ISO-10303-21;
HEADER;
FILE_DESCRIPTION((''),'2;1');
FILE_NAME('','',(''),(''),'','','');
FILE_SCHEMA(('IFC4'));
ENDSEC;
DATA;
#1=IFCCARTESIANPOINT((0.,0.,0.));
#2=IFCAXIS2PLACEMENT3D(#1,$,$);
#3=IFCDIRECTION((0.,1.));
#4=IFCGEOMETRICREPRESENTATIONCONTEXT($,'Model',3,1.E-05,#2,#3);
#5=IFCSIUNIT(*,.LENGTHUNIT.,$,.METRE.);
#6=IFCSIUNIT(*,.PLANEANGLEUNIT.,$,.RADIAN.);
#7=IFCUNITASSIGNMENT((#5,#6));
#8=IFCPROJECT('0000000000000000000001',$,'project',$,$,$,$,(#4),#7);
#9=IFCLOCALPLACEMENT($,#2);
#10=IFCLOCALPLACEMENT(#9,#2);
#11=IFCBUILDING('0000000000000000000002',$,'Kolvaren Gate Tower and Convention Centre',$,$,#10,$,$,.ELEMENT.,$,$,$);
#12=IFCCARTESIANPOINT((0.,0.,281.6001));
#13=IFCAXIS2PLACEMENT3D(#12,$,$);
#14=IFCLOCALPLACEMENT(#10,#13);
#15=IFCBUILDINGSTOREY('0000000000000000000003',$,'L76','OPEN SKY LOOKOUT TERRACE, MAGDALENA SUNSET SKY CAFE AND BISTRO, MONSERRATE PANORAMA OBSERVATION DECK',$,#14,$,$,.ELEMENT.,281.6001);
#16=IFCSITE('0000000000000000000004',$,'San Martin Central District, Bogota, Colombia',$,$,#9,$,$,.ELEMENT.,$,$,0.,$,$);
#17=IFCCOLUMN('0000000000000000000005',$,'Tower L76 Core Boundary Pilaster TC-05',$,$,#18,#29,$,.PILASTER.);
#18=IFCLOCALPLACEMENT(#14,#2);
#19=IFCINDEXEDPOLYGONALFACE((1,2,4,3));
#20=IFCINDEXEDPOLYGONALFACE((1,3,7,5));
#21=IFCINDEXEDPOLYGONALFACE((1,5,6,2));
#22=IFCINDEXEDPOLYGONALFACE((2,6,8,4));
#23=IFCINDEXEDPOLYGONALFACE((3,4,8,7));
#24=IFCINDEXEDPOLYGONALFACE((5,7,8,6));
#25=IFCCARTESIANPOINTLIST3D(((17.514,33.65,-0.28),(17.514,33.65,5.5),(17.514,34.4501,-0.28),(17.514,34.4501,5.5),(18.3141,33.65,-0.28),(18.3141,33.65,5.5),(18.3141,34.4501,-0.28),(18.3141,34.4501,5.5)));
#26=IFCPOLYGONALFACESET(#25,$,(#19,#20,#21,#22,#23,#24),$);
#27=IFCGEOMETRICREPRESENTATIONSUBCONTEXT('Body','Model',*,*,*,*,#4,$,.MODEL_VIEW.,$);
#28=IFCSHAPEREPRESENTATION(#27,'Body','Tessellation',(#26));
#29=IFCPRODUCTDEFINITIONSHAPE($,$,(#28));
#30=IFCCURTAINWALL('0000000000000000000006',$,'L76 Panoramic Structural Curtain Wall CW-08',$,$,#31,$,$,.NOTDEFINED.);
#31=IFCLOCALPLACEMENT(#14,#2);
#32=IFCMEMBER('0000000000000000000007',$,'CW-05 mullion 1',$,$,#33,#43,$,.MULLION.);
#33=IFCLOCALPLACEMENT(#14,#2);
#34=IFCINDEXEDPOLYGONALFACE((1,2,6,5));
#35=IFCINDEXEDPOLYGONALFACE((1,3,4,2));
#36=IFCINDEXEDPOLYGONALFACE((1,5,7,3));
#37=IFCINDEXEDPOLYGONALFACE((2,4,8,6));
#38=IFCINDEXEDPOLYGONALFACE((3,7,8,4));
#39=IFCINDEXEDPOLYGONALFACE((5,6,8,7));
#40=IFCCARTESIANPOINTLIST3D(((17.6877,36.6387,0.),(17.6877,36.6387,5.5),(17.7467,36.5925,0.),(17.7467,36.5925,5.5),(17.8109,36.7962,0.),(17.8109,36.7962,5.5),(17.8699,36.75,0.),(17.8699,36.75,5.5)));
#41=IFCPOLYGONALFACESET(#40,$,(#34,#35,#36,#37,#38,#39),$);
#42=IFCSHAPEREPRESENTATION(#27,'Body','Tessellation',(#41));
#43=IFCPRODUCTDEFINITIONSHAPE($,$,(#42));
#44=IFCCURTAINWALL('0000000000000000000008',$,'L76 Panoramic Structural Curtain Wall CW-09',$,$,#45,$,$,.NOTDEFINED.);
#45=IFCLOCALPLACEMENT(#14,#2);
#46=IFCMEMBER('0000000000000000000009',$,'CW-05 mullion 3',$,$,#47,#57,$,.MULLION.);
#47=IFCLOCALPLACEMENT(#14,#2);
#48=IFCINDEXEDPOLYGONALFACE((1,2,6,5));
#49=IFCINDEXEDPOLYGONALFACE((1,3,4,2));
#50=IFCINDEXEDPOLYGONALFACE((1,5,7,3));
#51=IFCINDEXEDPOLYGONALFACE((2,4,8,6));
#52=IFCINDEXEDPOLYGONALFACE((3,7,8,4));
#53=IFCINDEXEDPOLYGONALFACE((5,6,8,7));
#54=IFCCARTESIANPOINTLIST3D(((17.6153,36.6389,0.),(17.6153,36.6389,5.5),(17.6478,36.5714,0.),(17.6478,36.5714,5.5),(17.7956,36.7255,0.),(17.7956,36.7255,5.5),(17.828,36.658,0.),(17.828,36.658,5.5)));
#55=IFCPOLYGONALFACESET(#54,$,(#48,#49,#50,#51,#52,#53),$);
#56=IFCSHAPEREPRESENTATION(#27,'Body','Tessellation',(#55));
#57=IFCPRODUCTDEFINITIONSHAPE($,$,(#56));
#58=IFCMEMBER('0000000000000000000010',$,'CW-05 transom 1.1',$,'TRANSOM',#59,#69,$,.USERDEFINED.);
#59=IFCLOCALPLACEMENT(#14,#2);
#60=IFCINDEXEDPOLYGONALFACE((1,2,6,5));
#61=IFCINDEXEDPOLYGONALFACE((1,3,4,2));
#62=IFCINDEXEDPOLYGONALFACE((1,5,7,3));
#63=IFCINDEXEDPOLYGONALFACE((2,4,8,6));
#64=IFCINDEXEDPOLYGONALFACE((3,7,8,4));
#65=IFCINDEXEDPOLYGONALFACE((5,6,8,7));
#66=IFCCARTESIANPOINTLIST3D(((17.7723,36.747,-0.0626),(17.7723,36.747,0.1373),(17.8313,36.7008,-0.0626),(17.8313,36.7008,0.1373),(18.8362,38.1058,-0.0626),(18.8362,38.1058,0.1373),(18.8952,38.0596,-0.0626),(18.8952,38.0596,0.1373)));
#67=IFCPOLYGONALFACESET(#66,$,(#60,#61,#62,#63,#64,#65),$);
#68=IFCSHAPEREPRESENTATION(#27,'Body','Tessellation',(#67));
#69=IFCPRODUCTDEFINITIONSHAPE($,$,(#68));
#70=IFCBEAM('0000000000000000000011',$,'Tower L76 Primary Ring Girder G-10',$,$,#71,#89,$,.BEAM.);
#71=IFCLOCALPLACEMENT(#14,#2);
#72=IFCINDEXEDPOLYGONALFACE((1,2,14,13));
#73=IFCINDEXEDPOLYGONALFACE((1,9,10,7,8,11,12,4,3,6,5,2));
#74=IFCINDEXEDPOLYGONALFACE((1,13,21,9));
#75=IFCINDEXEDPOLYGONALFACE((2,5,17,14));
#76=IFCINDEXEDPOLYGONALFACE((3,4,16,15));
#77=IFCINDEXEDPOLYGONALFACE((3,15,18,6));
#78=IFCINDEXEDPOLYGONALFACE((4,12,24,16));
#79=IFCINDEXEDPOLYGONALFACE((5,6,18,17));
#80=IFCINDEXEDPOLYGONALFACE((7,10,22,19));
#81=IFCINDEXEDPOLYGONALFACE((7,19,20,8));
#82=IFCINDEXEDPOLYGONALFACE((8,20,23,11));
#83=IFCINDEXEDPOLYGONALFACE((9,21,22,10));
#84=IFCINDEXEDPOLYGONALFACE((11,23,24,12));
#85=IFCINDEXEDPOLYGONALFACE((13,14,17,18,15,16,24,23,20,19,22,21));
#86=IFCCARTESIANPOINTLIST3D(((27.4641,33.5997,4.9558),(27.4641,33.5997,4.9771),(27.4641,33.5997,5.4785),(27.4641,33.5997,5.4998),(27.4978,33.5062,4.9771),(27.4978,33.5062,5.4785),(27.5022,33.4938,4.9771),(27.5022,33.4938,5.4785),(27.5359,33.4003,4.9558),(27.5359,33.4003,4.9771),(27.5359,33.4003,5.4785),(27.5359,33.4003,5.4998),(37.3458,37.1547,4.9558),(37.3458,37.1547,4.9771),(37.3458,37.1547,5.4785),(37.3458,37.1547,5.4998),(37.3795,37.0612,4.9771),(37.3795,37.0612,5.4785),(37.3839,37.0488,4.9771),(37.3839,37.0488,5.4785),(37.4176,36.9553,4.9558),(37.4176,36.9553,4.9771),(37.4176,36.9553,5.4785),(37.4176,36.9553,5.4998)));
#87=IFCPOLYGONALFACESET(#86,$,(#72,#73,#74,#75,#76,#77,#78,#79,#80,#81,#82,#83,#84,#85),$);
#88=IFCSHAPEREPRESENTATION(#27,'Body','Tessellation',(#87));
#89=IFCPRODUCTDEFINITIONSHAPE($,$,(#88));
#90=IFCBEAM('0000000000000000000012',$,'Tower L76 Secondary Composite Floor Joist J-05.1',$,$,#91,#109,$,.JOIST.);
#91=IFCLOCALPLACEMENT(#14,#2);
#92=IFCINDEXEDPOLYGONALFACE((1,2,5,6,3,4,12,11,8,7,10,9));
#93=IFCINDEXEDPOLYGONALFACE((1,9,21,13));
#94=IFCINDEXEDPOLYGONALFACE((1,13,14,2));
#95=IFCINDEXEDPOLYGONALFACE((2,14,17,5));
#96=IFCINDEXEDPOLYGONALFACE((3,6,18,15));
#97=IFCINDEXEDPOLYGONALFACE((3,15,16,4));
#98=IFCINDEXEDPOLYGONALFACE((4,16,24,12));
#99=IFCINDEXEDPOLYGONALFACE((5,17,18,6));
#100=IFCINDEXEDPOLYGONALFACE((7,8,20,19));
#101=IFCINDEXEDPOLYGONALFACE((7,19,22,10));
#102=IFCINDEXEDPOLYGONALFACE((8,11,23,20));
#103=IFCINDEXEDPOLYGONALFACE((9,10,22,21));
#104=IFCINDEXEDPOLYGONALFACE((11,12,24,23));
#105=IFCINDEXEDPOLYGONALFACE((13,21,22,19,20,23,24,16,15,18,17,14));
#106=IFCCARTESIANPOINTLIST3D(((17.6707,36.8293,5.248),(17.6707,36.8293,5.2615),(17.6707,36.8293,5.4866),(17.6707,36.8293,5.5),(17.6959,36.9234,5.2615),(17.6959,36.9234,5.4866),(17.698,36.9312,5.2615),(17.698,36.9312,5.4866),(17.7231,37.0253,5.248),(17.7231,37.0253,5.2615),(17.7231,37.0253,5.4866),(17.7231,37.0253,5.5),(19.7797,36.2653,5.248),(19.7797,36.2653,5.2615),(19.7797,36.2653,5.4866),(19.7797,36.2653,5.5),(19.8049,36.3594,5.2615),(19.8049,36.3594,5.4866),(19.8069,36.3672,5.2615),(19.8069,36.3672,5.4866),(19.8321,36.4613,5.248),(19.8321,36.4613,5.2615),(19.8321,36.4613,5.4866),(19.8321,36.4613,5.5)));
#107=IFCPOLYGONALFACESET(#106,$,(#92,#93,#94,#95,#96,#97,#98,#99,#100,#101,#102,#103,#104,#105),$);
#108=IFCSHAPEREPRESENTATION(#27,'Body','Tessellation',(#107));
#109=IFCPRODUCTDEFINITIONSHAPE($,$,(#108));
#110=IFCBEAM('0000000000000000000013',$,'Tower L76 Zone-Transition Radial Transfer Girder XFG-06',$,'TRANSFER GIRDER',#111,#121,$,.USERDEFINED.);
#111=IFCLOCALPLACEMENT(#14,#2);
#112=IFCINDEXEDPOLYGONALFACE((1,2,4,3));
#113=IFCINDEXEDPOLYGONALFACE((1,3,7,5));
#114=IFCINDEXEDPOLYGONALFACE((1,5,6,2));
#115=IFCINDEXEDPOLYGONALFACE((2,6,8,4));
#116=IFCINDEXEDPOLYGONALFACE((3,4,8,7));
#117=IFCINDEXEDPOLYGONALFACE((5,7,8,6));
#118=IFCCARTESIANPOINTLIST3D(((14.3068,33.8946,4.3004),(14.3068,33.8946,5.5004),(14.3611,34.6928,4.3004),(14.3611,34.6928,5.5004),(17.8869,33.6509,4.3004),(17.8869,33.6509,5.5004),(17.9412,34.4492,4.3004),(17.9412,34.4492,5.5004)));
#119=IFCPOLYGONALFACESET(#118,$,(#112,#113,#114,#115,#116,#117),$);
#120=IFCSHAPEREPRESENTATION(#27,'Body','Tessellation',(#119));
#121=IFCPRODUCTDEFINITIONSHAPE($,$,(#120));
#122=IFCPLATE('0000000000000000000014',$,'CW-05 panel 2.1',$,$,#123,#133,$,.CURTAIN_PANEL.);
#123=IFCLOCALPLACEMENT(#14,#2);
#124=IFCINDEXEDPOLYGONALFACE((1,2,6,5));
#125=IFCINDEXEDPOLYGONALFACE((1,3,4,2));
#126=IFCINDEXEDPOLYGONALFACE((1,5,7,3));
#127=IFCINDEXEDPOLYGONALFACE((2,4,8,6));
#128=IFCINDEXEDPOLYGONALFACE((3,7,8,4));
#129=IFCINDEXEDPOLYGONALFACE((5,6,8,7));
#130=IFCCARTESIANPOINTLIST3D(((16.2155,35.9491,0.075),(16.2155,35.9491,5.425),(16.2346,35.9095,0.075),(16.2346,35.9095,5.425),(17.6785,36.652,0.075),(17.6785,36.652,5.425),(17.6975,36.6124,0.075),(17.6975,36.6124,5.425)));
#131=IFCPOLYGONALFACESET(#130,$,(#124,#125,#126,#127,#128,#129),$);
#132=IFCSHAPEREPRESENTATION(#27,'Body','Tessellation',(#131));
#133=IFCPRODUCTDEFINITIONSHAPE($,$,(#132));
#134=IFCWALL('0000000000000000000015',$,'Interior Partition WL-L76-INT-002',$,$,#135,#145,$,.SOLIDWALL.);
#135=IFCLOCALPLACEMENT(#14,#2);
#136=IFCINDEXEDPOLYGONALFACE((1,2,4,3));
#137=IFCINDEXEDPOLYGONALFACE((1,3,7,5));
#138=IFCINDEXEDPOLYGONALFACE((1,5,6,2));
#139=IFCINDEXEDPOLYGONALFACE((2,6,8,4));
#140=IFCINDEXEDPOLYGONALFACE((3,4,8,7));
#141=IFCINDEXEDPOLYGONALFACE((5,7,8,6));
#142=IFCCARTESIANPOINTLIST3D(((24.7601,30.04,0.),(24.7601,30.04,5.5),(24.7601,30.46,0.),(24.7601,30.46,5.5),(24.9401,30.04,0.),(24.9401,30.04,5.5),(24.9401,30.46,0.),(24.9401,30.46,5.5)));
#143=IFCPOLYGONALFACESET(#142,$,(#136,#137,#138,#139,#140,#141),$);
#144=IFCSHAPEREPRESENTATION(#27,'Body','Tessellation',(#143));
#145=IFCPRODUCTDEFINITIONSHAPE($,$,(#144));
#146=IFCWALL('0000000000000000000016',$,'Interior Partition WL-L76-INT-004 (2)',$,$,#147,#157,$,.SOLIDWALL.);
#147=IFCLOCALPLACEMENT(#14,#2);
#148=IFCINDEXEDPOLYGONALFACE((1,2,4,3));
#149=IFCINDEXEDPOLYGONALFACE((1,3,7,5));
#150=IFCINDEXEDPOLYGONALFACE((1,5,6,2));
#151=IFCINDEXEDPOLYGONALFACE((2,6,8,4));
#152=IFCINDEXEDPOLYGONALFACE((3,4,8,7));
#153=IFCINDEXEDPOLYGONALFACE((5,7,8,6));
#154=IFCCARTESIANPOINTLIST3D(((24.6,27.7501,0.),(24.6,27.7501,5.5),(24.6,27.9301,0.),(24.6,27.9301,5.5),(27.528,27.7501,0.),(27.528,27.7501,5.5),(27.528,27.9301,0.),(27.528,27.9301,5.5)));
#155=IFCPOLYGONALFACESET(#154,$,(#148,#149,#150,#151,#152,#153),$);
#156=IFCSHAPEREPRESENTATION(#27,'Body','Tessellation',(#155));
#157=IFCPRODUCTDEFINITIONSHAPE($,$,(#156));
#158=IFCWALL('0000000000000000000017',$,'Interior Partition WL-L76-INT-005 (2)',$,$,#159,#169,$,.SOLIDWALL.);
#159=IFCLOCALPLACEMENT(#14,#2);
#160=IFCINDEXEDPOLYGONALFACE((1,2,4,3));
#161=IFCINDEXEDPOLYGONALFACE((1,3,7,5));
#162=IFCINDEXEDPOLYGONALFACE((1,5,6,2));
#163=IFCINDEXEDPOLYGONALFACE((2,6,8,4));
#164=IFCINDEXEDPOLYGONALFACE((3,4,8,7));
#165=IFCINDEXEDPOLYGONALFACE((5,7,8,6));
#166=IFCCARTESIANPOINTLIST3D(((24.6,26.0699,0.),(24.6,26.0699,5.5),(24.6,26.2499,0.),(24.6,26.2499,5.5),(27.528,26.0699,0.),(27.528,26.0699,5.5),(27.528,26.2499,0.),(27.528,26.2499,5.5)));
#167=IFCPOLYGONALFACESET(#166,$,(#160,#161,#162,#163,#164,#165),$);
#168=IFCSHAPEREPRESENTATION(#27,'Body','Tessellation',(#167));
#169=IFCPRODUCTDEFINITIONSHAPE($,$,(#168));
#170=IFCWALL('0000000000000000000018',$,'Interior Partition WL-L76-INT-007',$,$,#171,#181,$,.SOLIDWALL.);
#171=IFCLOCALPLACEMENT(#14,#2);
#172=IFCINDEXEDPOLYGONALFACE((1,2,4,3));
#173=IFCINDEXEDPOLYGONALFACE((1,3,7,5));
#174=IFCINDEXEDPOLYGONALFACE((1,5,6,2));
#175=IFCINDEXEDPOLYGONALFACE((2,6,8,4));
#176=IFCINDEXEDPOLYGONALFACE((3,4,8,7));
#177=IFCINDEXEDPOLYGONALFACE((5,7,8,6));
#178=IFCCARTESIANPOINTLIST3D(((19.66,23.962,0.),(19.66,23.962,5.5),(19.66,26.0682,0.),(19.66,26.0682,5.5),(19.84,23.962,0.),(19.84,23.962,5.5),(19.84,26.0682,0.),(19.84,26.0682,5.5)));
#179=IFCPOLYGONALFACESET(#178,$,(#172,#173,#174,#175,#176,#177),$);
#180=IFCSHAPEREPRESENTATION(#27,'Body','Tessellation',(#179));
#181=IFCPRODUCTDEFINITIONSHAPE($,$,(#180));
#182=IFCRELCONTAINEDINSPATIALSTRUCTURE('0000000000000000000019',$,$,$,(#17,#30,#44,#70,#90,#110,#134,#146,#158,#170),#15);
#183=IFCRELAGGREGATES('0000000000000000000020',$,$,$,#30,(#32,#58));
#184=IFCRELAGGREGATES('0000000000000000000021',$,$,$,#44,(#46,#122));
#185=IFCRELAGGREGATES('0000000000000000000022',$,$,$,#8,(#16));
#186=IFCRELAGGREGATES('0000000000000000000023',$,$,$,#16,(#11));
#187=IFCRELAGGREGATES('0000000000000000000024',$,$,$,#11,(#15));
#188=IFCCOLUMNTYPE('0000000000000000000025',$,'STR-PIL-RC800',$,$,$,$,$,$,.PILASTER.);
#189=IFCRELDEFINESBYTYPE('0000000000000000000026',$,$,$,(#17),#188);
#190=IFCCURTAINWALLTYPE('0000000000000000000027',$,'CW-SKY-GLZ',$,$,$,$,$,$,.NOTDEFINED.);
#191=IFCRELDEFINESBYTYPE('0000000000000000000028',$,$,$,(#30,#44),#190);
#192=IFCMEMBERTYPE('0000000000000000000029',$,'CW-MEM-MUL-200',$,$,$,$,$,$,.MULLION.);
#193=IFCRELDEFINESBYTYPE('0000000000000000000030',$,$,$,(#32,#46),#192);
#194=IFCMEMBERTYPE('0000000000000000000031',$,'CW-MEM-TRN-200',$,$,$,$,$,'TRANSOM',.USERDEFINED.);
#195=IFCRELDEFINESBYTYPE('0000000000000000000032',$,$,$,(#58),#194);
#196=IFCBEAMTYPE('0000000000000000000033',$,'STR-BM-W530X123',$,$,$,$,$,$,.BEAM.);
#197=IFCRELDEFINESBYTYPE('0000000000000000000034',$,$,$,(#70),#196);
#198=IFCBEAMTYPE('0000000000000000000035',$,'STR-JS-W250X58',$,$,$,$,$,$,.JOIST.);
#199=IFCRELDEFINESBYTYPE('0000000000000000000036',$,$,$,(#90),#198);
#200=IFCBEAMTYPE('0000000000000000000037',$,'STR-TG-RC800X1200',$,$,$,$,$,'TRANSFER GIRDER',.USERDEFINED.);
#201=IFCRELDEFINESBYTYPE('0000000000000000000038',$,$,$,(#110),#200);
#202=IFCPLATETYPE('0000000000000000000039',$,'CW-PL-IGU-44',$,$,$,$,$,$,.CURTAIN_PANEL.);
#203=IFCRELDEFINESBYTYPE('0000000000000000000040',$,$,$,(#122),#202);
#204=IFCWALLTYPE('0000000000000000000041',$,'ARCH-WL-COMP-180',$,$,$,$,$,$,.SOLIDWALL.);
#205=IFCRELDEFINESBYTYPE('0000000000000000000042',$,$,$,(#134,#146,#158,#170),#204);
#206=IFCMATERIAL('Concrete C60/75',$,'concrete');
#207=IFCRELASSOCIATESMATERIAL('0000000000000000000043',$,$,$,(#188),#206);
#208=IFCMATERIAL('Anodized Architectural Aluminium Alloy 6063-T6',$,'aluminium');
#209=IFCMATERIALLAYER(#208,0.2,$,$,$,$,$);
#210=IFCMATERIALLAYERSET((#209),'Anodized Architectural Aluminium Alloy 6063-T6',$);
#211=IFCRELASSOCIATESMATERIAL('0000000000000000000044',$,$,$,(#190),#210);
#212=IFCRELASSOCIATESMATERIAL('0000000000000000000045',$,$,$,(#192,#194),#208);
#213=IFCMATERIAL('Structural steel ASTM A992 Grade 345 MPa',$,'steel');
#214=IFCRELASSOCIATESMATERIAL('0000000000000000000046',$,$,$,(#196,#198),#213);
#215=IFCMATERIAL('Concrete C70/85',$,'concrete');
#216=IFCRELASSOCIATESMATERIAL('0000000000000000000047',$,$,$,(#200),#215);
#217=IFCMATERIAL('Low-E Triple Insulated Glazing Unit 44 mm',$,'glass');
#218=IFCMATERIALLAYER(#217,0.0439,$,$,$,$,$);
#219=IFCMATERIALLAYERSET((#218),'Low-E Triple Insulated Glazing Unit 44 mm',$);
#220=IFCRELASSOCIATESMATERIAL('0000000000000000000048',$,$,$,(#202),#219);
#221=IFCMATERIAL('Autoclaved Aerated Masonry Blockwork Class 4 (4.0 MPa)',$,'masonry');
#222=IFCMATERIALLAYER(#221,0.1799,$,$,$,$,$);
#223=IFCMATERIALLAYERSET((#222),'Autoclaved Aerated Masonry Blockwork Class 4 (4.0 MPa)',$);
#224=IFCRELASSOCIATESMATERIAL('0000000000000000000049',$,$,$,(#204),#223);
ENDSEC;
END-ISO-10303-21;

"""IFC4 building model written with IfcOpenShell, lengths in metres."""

from ifc_helpers import new_model, si_unit, direction, frame, frame_2d, origin, origin_2d, place, context, subcontext, project, spatial, rectangle, i_section, extrude, material, layer, layer_set, material_profile, profile_set, type_object, element, aggregate, save


model = new_model("IFC4")

# Units and contexts
model_context = context("Model", 3, precision=1e-05, world=origin(), true_north=direction((0.0, 1.0)))
body_context = subcontext(model_context, "Body", "Model", "MODEL_VIEW")
ifc_project = project(units=[si_unit("LENGTHUNIT", "METRE"), si_unit("PLANEANGLEUNIT", "RADIAN")], contexts=[model_context])

# Site, building, storey
site_placement = place(None, origin())
site = spatial("IfcSite", under=ifc_project, at=site_placement, Name="San Martin Central District, Bogota, Colombia", CompositionType="ELEMENT", RefElevation=0.0)
building_placement = place(site_placement, origin())
building = spatial("IfcBuilding", under=site, at=building_placement, Name="Kolvaren Gate Tower and Convention Centre", CompositionType="ELEMENT")
storey_placement = place(building_placement, frame((0.0, 0.0, 281.6001)))
storey = spatial("IfcBuildingStorey", under=building, at=storey_placement, Name="L76", Description="OPEN SKY LOOKOUT TERRACE, MAGDALENA SUNSET SKY CAFE AND BISTRO, MONSERRATE PANORAMA OBSERVATION DECK", CompositionType="ELEMENT", Elevation=281.6001)

# Column
ifc_material_1 = material(Name="Concrete C60/75", Category="concrete")
ifc_material_profile_1 = material_profile(ifc_material_1, rectangle(XDim=0.8, YDim=0.8, at=origin_2d()), Name="RC-COL-800X800")
ifc_profile_set_1 = profile_set([ifc_material_profile_1], Name="Concrete C60/75")
column_type = type_object("IfcColumnType", Name="STR-PIL-RC800", PredefinedType="PILASTER", material=ifc_profile_set_1)
column_placement = place(storey_placement, frame((17.9141, 34.05, -0.28), z_axis=(0.0, 0.0, 1.0), x_axis=(1.0, 0.0, 0.0)))
element("IfcColumn", 1, at=column_placement, inside=storey, type_object=column_type, Name="Tower L76 Core Boundary Pilaster TC-05", PredefinedType="PILASTER", context=body_context, shape_type="SweptSolid", body=[
    extrude(rectangle(XDim=0.8, YDim=0.8, at=origin_2d()), origin(), (0.0, 0.0, 1.0), 5.78),
])

# Curtain walls, members
ifc_material_2 = material(Name="Anodized Architectural Aluminium Alloy 6063-T6", Category="aluminium")
ifc_layer_1 = layer(ifc_material_2, 0.2)
ifc_layer_set_1 = layer_set([ifc_layer_1], Name="Anodized Architectural Aluminium Alloy 6063-T6")
curtain_wall_type = type_object("IfcCurtainWallType", Name="CW-SKY-GLZ", PredefinedType="NOTDEFINED", material=ifc_layer_set_1)
curtain_wall_1_placement = place(storey_placement, origin())
curtain_wall_1 = element("IfcCurtainWall", 2, at=curtain_wall_1_placement, inside=storey, type_object=curtain_wall_type, Name="L76 Panoramic Structural Curtain Wall CW-08", PredefinedType="NOTDEFINED")
ifc_material_profile_2 = material_profile(ifc_material_2, rectangle(XDim=0.075, YDim=0.2, at=origin_2d()), Name="CW-MEM-MUL-200")
ifc_profile_set_2 = profile_set([ifc_material_profile_2], Name="Anodized Architectural Aluminium Alloy 6063-T6")
member_type_1 = type_object("IfcMemberType", Name="CW-MEM-MUL-200", PredefinedType="MULLION", material=ifc_profile_set_2)
member_1_placement = place(storey_placement, frame((17.7788, 36.6943, 0.0), z_axis=(0.0, 0.0, 1.0), x_axis=(-0.787411, 0.616429, 0.0)))
member_1 = element("IfcMember", 3, at=member_1_placement, type_object=member_type_1, Name="CW-05 mullion 1", PredefinedType="MULLION", context=body_context, shape_type="SweptSolid", body=[
    extrude(rectangle(XDim=0.075, YDim=0.2, at=origin_2d()), origin(), (0.0, 0.0, 1.0), 5.5),
])
curtain_wall_2_placement = place(storey_placement, origin())
curtain_wall_2 = element("IfcCurtainWall", 4, at=curtain_wall_2_placement, inside=storey, type_object=curtain_wall_type, Name="L76 Panoramic Structural Curtain Wall CW-09", PredefinedType="NOTDEFINED")
member_2_placement = place(storey_placement, frame((17.7217, 36.6484, 0.0), z_axis=(0.0, 0.0, 1.0), x_axis=(-0.433053, 0.901368, 0.0)))
member_2 = element("IfcMember", 5, at=member_2_placement, type_object=member_type_1, Name="CW-05 mullion 3", PredefinedType="MULLION", context=body_context, shape_type="SweptSolid", body=[
    extrude(rectangle(XDim=0.075, YDim=0.2, at=origin_2d()), origin(), (0.0, 0.0, 1.0), 5.5),
])

# Member
ifc_material_profile_3 = material_profile(ifc_material_2, rectangle(XDim=0.075, YDim=0.2, at=origin_2d()), Name="CW-MEM-TRN-200")
ifc_profile_set_3 = profile_set([ifc_material_profile_3], Name="Anodized Architectural Aluminium Alloy 6063-T6")
member_type_2 = type_object("IfcMemberType", Name="CW-MEM-TRN-200", ElementType="TRANSOM", PredefinedType="USERDEFINED", material=ifc_profile_set_3)
member_3_placement = place(storey_placement, frame((17.8018, 36.7239, 0.0374), z_axis=(0.616484, 0.787368, 0.0), x_axis=(-0.787368, 0.616484, 0.0)))
member_3 = element("IfcMember", 6, at=member_3_placement, type_object=member_type_2, Name="CW-05 transom 1.1", ObjectType="TRANSOM", PredefinedType="USERDEFINED", context=body_context, shape_type="SweptSolid", body=[
    extrude(rectangle(XDim=0.075, YDim=0.2, at=origin_2d()), origin(), (0.0, 0.0, 1.0), 1.7258),
])
aggregate(curtain_wall_1, [member_1, member_3])

# Beams
ifc_material_3 = material(Name="Structural steel ASTM A992 Grade 345 MPa", Category="steel")
ifc_material_profile_4 = material_profile(ifc_material_3, i_section(OverallWidth=0.2119, OverallDepth=0.5439, WebThickness=0.0132, FlangeThickness=0.0212, at=origin_2d()), Name="W530X123")
ifc_profile_set_4 = profile_set([ifc_material_profile_4], Name="Structural steel ASTM A992 Grade 345 MPa")
beam_type_1 = type_object("IfcBeamType", Name="STR-BM-W530X123", PredefinedType="BEAM", material=ifc_profile_set_4)
beam_1_placement = place(storey_placement, frame((27.5, 33.5, 5.2278), z_axis=(0.940961, 0.338514, 0.0), x_axis=(-0.338514, 0.940961, 0.0)))
element("IfcBeam", 7, at=beam_1_placement, inside=storey, type_object=beam_type_1, Name="Tower L76 Primary Ring Girder G-10", PredefinedType="BEAM", context=body_context, shape_type="SweptSolid", body=[
    extrude(i_section(OverallWidth=0.2119, OverallDepth=0.5439, WebThickness=0.0132, FlangeThickness=0.0212, at=origin_2d()), origin(), (0.0, 0.0, 1.0), 10.5017),
])
ifc_material_profile_5 = material_profile(ifc_material_3, i_section(OverallWidth=0.2029, OverallDepth=0.252, WebThickness=0.0081, FlangeThickness=0.0134, at=origin_2d()), Name="W250X58")
ifc_profile_set_5 = profile_set([ifc_material_profile_5], Name="Structural steel ASTM A992 Grade 345 MPa")
beam_type_2 = type_object("IfcBeamType", Name="STR-JS-W250X58", PredefinedType="JOIST", material=ifc_profile_set_5)
beam_2_placement = place(storey_placement, frame((19.8059, 36.3633, 5.374), z_axis=(-0.966053, 0.258345, 0.0), x_axis=(-0.258345, -0.966053, 0.0)))
element("IfcBeam", 8, at=beam_2_placement, inside=storey, type_object=beam_type_2, Name="Tower L76 Secondary Composite Floor Joist J-05.1", PredefinedType="JOIST", context=body_context, shape_type="SweptSolid", body=[
    extrude(i_section(OverallWidth=0.2029, OverallDepth=0.252, WebThickness=0.0081, FlangeThickness=0.0134, at=origin_2d()), origin(), (0.0, 0.0, 1.0), 2.1831),
])
ifc_material_4 = material(Name="Concrete C70/85", Category="concrete")
ifc_material_profile_6 = material_profile(ifc_material_4, rectangle(XDim=0.8, YDim=1.2, at=origin_2d()), Name="RC-BM-800X1200")
ifc_profile_set_6 = profile_set([ifc_material_profile_6], Name="Concrete C70/85")
beam_type_3 = type_object("IfcBeamType", Name="STR-TG-RC800X1200", ElementType="TRANSFER GIRDER", PredefinedType="USERDEFINED", material=ifc_profile_set_6)
beam_3_placement = place(storey_placement, frame((17.9141, 34.05, 4.9004), z_axis=(-0.997692, 0.067901, 0.0), x_axis=(-0.067901, -0.997692, 0.0)))
element("IfcBeam", 9, at=beam_3_placement, inside=storey, type_object=beam_type_3, Name="Tower L76 Zone-Transition Radial Transfer Girder XFG-06", ObjectType="TRANSFER GIRDER", PredefinedType="USERDEFINED", context=body_context, shape_type="SweptSolid", body=[
    extrude(rectangle(XDim=0.8, YDim=1.2, at=origin_2d()), origin(), (0.0, 0.0, 1.0), 3.5884),
])

# Plate
ifc_material_5 = material(Name="Low-E Triple Insulated Glazing Unit 44 mm", Category="glass")
ifc_layer_2 = layer(ifc_material_5, 0.0439)
ifc_layer_set_2 = layer_set([ifc_layer_2], Name="Low-E Triple Insulated Glazing Unit 44 mm")
plate_type = type_object("IfcPlateType", Name="CW-PL-IGU-44", PredefinedType="CURTAIN_PANEL", material=ifc_layer_set_2)
plate_placement = place(storey_placement, frame((16.9565, 36.2808, 0.075), z_axis=(0.0, 0.0, 1.0), x_axis=(0.901368, 0.433053, 0.0)))
plate = element("IfcPlate", 10, at=plate_placement, type_object=plate_type, Name="CW-05 panel 2.1", PredefinedType="CURTAIN_PANEL", context=body_context, shape_type="SweptSolid", body=[
    extrude(rectangle(XDim=1.623, YDim=0.0439, at=origin_2d()), origin(), (0.0, 0.0, 1.0), 5.3501),
])
aggregate(curtain_wall_2, [member_2, plate])

# Walls
ifc_material_6 = material(Name="Autoclaved Aerated Masonry Blockwork Class 4 (4.0 MPa)", Category="masonry")
ifc_layer_3 = layer(ifc_material_6, 0.1799)
ifc_layer_set_3 = layer_set([ifc_layer_3], Name="Autoclaved Aerated Masonry Blockwork Class 4 (4.0 MPa)")
wall_type_1 = type_object("IfcWallType", Name="ARCH-WL-COMP-180", PredefinedType="SOLIDWALL", material=ifc_layer_set_3)
wall_1_placement = place(storey_placement, frame((24.8501, 30.04, 0.0), z_axis=(0.0, 0.0, 1.0), x_axis=(0.0, 1.0, 0.0)))
element("IfcWall", 11, at=wall_1_placement, inside=storey, type_object=wall_type_1, Name="Interior Partition WL-L76-INT-002", PredefinedType="SOLIDWALL", context=body_context, shape_type="SweptSolid", body=[
    extrude(rectangle(XDim=0.4199, YDim=0.1799, at=frame_2d((0.21, 0.0))), origin(), (0.0, 0.0, 1.0), 5.5),
])
for number, where, z_axis, x_axis, name in (
    (12, (24.6001, 27.8401, 0.0), (0.0, 0.0, 1.0), (1.0, 0.0, 0.0), "Interior Partition WL-L76-INT-004 (2)"),
    (13, (24.6001, 26.1599, 0.0), (0.0, 0.0, 1.0), (1.0, 0.0, 0.0), "Interior Partition WL-L76-INT-005 (2)"),
):
    element("IfcWall", number, at=place(storey_placement, frame(where, z_axis=z_axis, x_axis=x_axis)), inside=storey, type_object=wall_type_1, Name=name, PredefinedType="SOLIDWALL", context=body_context, shape_type="SweptSolid", body=[
        extrude(rectangle(XDim=2.928, YDim=0.1799, at=frame_2d((1.4639, 0.0))), origin(), (0.0, 0.0, 1.0), 5.5),
    ])
for number, where, z_axis, x_axis, name in (
    (14, (19.75, 23.9619, 0.0), (0.0, 0.0, 1.0), (0.0, 1.0, 0.0), "Interior Partition WL-L76-INT-007"),
):
    element("IfcWall", number, at=place(storey_placement, frame(where, z_axis=z_axis, x_axis=x_axis)), inside=storey, type_object=wall_type_1, Name=name, PredefinedType="SOLIDWALL", context=body_context, shape_type="SweptSolid", body=[
        extrude(rectangle(XDim=2.1062, YDim=0.1799, at=frame_2d((1.0532, 0.0))), origin(), (0.0, 0.0, 1.0), 5.5),
    ])

save(model, "model.ifc")
